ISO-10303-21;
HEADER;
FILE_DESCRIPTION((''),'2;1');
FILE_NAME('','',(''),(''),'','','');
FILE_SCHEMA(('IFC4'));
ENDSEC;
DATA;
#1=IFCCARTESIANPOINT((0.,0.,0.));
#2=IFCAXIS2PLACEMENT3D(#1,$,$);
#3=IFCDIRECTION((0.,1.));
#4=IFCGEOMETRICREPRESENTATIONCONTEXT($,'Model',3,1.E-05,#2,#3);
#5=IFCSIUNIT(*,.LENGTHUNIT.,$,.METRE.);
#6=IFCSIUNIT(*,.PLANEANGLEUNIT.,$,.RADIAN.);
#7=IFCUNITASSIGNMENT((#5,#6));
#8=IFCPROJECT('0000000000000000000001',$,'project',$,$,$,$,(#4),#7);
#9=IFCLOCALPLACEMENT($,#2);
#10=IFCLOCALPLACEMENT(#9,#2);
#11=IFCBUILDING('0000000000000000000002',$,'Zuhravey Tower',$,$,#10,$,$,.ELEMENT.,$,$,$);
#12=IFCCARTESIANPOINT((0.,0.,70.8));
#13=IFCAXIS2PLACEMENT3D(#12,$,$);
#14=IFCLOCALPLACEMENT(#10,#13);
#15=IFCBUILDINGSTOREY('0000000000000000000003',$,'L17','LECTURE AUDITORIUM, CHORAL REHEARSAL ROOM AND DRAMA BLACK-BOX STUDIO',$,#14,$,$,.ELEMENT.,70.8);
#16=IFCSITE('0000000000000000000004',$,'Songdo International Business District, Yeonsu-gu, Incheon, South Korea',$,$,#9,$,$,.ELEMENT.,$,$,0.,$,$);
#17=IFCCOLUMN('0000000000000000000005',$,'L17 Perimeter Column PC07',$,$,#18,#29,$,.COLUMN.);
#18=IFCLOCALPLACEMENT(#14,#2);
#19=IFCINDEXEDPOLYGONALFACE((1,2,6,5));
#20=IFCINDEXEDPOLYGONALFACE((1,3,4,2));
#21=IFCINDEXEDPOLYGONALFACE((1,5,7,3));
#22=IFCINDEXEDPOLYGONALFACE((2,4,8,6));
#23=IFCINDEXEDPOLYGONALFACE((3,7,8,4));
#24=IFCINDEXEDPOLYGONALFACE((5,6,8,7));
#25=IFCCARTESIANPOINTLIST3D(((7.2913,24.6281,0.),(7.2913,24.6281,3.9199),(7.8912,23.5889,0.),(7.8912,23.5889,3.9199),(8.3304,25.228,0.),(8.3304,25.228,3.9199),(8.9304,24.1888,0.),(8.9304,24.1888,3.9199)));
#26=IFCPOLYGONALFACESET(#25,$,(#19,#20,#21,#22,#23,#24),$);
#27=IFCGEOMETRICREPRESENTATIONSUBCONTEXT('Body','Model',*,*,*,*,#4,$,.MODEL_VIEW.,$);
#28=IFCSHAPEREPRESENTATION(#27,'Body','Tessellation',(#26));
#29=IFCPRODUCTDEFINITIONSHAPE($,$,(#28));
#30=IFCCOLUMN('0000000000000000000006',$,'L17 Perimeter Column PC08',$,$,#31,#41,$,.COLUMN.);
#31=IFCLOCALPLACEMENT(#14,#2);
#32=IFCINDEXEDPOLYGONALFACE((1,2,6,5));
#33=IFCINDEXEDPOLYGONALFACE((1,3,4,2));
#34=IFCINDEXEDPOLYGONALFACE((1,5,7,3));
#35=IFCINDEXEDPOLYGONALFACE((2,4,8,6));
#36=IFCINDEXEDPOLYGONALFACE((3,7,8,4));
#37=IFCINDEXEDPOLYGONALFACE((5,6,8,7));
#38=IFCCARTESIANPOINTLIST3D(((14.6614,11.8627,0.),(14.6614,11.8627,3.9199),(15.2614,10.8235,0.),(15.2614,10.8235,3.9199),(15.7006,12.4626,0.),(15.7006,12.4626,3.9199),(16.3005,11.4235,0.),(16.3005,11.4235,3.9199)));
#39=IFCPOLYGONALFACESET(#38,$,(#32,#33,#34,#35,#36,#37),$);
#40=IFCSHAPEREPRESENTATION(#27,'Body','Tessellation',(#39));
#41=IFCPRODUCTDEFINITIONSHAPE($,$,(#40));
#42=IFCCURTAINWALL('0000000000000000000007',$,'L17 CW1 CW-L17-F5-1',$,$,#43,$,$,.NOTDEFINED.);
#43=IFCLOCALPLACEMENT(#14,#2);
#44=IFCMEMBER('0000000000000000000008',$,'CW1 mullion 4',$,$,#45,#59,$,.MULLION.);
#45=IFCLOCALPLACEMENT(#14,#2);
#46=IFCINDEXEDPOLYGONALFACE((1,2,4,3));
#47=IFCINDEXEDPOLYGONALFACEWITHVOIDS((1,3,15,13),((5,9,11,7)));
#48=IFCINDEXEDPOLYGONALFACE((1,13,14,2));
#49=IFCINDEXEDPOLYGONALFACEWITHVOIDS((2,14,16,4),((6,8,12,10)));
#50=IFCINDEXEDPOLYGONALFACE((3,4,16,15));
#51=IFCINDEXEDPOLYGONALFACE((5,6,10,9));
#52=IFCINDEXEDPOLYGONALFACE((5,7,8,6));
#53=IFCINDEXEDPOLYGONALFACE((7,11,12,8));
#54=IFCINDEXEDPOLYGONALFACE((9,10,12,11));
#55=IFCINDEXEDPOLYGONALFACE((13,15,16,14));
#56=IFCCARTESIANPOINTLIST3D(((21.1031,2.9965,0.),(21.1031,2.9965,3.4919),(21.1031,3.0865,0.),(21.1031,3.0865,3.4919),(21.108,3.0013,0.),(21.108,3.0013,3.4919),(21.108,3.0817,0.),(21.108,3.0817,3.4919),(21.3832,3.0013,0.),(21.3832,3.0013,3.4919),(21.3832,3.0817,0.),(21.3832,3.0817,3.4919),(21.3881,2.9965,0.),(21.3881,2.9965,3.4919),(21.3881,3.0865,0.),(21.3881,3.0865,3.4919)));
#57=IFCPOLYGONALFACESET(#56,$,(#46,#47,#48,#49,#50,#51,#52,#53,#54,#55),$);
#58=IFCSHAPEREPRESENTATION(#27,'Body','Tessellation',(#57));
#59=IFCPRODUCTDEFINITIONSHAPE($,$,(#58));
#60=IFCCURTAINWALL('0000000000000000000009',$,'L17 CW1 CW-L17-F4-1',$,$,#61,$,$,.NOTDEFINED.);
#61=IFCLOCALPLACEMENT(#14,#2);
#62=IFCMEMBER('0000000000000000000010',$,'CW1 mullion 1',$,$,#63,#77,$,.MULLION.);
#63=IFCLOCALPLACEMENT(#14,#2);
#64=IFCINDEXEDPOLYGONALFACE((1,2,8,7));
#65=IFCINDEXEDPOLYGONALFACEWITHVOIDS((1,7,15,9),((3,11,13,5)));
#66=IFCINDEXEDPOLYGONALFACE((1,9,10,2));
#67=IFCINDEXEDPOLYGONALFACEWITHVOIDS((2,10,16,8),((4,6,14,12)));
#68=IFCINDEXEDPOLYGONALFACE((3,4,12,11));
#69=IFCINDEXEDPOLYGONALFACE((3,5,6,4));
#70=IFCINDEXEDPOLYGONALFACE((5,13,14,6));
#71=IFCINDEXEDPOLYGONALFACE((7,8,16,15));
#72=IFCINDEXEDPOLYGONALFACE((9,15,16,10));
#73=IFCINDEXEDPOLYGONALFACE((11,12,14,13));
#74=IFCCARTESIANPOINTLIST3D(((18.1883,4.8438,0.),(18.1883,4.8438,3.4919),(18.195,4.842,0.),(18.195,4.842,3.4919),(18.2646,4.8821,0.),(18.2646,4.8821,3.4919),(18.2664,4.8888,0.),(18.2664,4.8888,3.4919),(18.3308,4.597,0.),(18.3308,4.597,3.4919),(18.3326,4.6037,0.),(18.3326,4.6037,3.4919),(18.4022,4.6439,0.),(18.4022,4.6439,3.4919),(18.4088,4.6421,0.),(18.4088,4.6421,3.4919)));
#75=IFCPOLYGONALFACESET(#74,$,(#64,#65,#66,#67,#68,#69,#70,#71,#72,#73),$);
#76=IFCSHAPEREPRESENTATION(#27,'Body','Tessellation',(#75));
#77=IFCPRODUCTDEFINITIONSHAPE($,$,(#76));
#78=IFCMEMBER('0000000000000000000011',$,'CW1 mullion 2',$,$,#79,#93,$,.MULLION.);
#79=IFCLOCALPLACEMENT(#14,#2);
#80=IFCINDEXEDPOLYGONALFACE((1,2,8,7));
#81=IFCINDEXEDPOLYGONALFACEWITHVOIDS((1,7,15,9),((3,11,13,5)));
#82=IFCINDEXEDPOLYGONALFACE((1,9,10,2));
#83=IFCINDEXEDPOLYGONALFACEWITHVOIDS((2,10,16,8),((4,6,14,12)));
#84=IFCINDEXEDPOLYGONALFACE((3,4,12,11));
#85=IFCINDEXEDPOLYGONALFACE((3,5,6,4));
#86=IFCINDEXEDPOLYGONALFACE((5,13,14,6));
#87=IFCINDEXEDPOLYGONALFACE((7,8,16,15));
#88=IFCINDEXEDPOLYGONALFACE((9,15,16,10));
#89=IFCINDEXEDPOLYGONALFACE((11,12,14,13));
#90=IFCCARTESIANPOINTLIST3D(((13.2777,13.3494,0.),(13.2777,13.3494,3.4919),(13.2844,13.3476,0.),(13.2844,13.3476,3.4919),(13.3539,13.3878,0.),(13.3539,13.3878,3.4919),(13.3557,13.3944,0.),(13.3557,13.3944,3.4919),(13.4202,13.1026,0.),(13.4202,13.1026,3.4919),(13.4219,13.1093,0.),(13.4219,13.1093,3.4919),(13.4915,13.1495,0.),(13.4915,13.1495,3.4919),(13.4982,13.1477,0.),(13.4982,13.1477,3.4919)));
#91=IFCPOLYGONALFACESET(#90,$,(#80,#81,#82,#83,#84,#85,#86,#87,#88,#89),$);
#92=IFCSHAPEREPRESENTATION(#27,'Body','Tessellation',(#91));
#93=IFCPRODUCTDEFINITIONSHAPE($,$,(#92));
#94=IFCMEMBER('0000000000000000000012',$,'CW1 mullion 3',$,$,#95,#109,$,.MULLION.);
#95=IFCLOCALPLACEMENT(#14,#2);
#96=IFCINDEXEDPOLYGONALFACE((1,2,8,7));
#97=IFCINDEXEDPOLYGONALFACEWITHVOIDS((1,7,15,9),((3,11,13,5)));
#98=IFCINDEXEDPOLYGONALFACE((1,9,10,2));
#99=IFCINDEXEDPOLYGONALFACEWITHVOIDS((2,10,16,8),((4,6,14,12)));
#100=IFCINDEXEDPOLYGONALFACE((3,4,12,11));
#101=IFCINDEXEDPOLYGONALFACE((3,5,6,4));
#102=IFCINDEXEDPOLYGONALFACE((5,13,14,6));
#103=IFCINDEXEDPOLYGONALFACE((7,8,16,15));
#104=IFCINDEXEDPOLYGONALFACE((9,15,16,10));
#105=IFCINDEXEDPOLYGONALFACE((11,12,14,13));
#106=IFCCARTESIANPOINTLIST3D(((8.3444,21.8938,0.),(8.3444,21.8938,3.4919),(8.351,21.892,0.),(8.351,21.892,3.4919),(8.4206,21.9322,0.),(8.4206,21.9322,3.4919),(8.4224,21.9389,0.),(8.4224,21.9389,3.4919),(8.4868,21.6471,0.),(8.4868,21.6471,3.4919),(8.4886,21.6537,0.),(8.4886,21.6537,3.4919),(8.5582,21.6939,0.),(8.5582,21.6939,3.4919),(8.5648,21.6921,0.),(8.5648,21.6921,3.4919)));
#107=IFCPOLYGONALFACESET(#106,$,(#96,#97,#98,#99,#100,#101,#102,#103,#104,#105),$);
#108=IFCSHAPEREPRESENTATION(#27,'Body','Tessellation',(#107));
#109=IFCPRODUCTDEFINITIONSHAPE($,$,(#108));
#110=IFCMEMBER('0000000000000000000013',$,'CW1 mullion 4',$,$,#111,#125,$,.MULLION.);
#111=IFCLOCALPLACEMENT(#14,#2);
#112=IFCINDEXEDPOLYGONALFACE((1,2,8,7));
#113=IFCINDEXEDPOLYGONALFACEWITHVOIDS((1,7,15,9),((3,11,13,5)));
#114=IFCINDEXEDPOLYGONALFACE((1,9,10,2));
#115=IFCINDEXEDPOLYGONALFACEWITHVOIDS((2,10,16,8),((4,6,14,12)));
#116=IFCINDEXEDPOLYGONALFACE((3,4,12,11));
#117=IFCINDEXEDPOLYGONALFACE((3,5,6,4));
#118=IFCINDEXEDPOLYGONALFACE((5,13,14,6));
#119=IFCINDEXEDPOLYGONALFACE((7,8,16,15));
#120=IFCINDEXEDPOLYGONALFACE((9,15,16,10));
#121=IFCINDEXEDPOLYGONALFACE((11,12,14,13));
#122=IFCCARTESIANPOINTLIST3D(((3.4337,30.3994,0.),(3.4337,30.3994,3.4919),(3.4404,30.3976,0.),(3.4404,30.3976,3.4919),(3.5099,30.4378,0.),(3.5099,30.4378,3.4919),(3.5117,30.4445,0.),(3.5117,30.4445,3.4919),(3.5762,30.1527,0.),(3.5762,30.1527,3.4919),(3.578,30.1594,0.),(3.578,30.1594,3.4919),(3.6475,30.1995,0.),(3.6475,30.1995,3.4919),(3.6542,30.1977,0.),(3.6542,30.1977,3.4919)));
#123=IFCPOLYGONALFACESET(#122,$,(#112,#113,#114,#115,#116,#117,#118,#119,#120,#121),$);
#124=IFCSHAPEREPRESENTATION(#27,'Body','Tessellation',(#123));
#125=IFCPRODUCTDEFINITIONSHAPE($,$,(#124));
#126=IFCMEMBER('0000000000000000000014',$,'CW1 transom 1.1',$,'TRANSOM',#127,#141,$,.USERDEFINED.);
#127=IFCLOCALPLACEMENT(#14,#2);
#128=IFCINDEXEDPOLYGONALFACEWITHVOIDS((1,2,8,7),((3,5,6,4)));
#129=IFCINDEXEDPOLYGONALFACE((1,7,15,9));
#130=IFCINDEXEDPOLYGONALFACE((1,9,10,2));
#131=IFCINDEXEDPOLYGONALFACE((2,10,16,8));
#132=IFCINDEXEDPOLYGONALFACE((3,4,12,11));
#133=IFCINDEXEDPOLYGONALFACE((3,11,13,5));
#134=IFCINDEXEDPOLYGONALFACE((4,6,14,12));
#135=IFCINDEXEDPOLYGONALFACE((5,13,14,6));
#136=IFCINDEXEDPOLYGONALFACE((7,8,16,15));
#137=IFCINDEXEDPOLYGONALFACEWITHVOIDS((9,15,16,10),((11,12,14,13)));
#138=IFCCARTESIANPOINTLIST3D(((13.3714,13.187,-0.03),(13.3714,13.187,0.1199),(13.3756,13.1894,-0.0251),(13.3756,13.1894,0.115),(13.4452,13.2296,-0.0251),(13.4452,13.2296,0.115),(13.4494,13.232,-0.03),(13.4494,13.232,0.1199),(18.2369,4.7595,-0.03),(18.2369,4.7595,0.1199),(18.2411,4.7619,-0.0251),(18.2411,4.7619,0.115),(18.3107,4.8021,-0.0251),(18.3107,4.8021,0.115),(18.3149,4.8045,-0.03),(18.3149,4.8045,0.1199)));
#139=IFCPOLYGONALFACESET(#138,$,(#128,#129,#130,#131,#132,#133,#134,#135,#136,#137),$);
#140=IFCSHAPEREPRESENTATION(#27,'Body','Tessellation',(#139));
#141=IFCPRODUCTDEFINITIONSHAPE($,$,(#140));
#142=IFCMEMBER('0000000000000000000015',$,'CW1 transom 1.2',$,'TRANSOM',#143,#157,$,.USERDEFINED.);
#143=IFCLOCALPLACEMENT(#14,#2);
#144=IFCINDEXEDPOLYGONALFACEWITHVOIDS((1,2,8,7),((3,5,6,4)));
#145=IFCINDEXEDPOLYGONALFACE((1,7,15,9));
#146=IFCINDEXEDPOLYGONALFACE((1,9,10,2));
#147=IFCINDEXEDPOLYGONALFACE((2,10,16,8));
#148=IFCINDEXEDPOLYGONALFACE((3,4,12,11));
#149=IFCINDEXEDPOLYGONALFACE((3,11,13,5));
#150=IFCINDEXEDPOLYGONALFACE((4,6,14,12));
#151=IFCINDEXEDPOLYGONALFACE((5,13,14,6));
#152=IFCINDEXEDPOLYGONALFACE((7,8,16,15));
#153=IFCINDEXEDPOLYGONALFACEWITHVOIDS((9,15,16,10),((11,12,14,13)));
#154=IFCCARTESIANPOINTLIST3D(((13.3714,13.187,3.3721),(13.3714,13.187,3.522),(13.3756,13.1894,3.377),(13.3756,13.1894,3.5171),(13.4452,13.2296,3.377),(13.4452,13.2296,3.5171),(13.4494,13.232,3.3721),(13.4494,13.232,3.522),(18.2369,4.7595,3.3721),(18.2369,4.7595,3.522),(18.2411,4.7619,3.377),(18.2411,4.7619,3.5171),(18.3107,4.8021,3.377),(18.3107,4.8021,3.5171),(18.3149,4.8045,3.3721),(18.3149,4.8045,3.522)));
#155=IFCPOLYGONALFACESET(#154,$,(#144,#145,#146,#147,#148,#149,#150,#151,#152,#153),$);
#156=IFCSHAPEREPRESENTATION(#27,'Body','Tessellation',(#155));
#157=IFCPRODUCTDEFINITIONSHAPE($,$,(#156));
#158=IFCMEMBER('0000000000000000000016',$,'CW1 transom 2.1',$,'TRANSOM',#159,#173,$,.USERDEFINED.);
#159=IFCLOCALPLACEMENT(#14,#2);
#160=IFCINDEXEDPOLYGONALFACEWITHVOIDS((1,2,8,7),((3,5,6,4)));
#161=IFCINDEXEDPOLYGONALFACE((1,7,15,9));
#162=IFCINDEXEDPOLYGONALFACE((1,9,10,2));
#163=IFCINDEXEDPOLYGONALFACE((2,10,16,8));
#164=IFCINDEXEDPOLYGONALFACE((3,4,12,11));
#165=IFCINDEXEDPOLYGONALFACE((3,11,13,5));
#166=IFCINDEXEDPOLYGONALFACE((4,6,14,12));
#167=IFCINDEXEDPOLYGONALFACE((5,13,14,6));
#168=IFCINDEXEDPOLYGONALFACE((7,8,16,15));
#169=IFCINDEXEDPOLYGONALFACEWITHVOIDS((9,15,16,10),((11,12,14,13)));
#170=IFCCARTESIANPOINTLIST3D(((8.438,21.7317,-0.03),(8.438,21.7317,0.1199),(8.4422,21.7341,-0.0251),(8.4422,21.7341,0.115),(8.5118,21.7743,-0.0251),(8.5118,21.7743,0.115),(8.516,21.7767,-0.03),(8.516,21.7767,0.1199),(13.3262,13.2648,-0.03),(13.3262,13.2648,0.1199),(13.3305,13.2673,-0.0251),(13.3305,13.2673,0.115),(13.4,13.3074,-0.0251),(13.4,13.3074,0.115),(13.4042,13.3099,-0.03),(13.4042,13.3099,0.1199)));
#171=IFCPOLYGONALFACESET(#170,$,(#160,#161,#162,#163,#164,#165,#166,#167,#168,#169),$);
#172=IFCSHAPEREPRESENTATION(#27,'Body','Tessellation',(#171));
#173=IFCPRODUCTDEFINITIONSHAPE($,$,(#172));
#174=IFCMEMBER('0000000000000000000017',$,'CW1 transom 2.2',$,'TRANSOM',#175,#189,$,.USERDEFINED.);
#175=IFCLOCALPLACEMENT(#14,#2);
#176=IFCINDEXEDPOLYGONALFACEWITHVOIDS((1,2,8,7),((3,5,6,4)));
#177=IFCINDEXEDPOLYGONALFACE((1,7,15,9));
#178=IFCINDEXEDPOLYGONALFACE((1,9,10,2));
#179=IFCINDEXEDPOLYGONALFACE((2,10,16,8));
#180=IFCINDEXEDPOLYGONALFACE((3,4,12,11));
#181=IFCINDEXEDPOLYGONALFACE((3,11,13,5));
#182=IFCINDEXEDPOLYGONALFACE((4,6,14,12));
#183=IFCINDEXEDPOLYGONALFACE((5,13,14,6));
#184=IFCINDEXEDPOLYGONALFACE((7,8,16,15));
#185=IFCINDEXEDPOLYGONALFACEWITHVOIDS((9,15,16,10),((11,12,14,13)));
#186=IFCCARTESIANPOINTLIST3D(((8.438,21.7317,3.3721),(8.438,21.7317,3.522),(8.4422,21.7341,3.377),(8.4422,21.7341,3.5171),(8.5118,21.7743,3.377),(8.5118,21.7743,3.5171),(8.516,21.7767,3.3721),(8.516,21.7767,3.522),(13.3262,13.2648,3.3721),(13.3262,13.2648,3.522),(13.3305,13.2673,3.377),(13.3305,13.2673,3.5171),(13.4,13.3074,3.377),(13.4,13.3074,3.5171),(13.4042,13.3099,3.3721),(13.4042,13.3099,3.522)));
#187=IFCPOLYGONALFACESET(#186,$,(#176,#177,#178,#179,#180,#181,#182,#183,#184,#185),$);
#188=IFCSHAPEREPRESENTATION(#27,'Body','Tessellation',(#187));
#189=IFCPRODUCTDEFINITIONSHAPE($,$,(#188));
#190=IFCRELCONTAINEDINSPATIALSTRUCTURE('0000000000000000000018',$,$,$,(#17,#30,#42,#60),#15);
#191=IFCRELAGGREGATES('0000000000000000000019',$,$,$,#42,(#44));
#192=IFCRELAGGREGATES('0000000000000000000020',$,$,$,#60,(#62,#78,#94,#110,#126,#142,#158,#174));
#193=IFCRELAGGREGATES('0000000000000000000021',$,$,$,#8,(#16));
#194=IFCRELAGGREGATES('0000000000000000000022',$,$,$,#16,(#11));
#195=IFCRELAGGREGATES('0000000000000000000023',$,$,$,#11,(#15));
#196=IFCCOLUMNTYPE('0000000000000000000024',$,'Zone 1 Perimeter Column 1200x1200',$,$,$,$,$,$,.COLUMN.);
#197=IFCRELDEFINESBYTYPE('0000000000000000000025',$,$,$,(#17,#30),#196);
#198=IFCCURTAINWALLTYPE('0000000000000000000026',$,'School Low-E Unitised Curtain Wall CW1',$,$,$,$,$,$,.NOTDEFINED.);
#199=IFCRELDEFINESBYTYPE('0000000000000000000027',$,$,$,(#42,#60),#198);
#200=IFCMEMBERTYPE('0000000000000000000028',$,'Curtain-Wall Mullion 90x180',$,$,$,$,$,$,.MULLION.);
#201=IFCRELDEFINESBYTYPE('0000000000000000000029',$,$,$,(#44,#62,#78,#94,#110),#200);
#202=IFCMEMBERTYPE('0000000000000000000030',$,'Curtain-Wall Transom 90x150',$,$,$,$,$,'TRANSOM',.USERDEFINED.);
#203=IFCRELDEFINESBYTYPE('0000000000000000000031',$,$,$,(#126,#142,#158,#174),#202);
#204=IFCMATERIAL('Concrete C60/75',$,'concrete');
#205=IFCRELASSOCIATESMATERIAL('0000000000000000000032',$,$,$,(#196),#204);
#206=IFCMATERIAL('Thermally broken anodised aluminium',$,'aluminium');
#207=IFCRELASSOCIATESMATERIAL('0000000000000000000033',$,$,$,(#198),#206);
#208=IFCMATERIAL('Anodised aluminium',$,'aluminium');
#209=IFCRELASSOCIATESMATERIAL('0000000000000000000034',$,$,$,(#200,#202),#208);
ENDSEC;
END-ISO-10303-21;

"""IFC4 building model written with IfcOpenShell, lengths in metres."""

from ifc_helpers import new_model, si_unit, direction, frame, origin, origin_2d, place, context, subcontext, project, spatial, rectangle, hollow_rectangle, extrude, material, material_profile, profile_set, type_object, element, aggregate, save


model = new_model("IFC4")

# Units and contexts
model_context = context("Model", 3, precision=1e-05, world=origin(), true_north=direction((0.0, 1.0)))
body_context = subcontext(model_context, "Body", "Model", "MODEL_VIEW")
ifc_project = project(units=[si_unit("LENGTHUNIT", "METRE"), si_unit("PLANEANGLEUNIT", "RADIAN")], contexts=[model_context])

# Site, building, storey
site_placement = place(None, origin())
site = spatial("IfcSite", under=ifc_project, at=site_placement, Name="Songdo International Business District, Yeonsu-gu, Incheon, South Korea", CompositionType="ELEMENT", RefElevation=0.0)
building_placement = place(site_placement, origin())
building = spatial("IfcBuilding", under=site, at=building_placement, Name="Zuhravey Tower", CompositionType="ELEMENT")
storey_placement = place(building_placement, frame((0.0, 0.0, 70.8)))
storey = spatial("IfcBuildingStorey", under=building, at=storey_placement, Name="L17", Description="LECTURE AUDITORIUM, CHORAL REHEARSAL ROOM AND DRAMA BLACK-BOX STUDIO", CompositionType="ELEMENT", Elevation=70.8)

# Columns
ifc_material_1 = material(Name="Concrete C60/75", Category="concrete")
ifc_material_profile_1 = material_profile(ifc_material_1, rectangle(XDim=1.2, YDim=1.2, at=origin_2d()), Name="RC-1200x1200")
ifc_profile_set_1 = profile_set([ifc_material_profile_1], Name="Concrete C60/75")
column_type = type_object("IfcColumnType", Name="Zone 1 Perimeter Column 1200x1200", PredefinedType="COLUMN", material=ifc_profile_set_1)
for number, where, z_axis, x_axis, name in (
    (1, (8.1108, 24.4084, 0.0), (0.0, 0.0, 1.0), (0.5, -0.866025, 0.0), "L17 Perimeter Column PC07"),
    (2, (15.481, 11.6431, 0.0), (0.0, 0.0, 1.0), (0.5, -0.866025, 0.0), "L17 Perimeter Column PC08"),
):
    element("IfcColumn", number, at=place(storey_placement, frame(where, z_axis=z_axis, x_axis=x_axis)), inside=storey, type_object=column_type, Name=name, PredefinedType="COLUMN", context=body_context, shape_type="SweptSolid", body=[
        extrude(rectangle(XDim=1.2, YDim=1.2, at=origin_2d()), origin(), (0.0, 0.0, 1.0), 3.9199),
    ])

# Curtain wall, member
ifc_material_2 = material(Name="Thermally broken anodised aluminium", Category="aluminium")
curtain_wall_type = type_object("IfcCurtainWallType", Name="School Low-E Unitised Curtain Wall CW1", PredefinedType="NOTDEFINED", material=ifc_material_2)
curtain_wall_1_placement = place(storey_placement, origin())
curtain_wall_1 = element("IfcCurtainWall", 3, at=curtain_wall_1_placement, inside=storey, type_object=curtain_wall_type, Name="L17 CW1 CW-L17-F5-1", PredefinedType="NOTDEFINED")
ifc_material_3 = material(Name="Anodised aluminium", Category="aluminium")
ifc_material_profile_2 = material_profile(ifc_material_3, hollow_rectangle(XDim=0.0901, YDim=0.2849, WallThickness=0.0049, at=origin_2d()), Name="ALU-RHS-90x285x5")
ifc_profile_set_2 = profile_set([ifc_material_profile_2], Name="Anodised aluminium")
member_type_1 = type_object("IfcMemberType", Name="Curtain-Wall Mullion 90x180", PredefinedType="MULLION", material=ifc_profile_set_2)
member_1_placement = place(storey_placement, frame((21.2456, 3.0415, 0.0), z_axis=(0.0, 0.0, 1.0), x_axis=(0.0, -1.0, 0.0)))
member_1 = element("IfcMember", 4, at=member_1_placement, type_object=member_type_1, Name="CW1 mullion 4", PredefinedType="MULLION", context=body_context, shape_type="SweptSolid", body=[
    extrude(hollow_rectangle(XDim=0.0901, YDim=0.2849, WallThickness=0.0049, at=origin_2d()), origin(), (0.0, 0.0, 1.0), 3.4919),
])
aggregate(curtain_wall_1, [member_1])

# Curtain wall, members
curtain_wall_2_placement = place(storey_placement, origin())
curtain_wall_2 = element("IfcCurtainWall", 5, at=curtain_wall_2_placement, inside=storey, type_object=curtain_wall_type, Name="L17 CW1 CW-L17-F4-1", PredefinedType="NOTDEFINED")
member_2_placement = place(storey_placement, frame((18.2986, 4.7429, 0.0), z_axis=(0.0, 0.0, 1.0), x_axis=(-0.866026, -0.5, 0.0)))
member_2 = element("IfcMember", 6, at=member_2_placement, type_object=member_type_1, Name="CW1 mullion 1", PredefinedType="MULLION", context=body_context, shape_type="SweptSolid", body=[
    extrude(hollow_rectangle(XDim=0.0901, YDim=0.2849, WallThickness=0.0049, at=origin_2d()), origin(), (0.0, 0.0, 1.0), 3.4919),
])
member_3_placement = place(storey_placement, frame((13.3879, 13.2485, 0.0), z_axis=(0.0, 0.0, 1.0), x_axis=(-0.866026, -0.5, 0.0)))
member_3 = element("IfcMember", 7, at=member_3_placement, type_object=member_type_1, Name="CW1 mullion 2", PredefinedType="MULLION", context=body_context, shape_type="SweptSolid", body=[
    extrude(hollow_rectangle(XDim=0.0901, YDim=0.2849, WallThickness=0.0049, at=origin_2d()), origin(), (0.0, 0.0, 1.0), 3.4919),
])
member_4_placement = place(storey_placement, frame((8.4546, 21.793, 0.0), z_axis=(0.0, 0.0, 1.0), x_axis=(-0.866026, -0.5, 0.0)))
member_4 = element("IfcMember", 8, at=member_4_placement, type_object=member_type_1, Name="CW1 mullion 3", PredefinedType="MULLION", context=body_context, shape_type="SweptSolid", body=[
    extrude(hollow_rectangle(XDim=0.0901, YDim=0.2849, WallThickness=0.0049, at=origin_2d()), origin(), (0.0, 0.0, 1.0), 3.4919),
])
member_5_placement = place(storey_placement, frame((3.5439, 30.2986, 0.0), z_axis=(0.0, 0.0, 1.0), x_axis=(-0.866026, -0.5, 0.0)))
member_5 = element("IfcMember", 9, at=member_5_placement, type_object=member_type_1, Name="CW1 mullion 4", PredefinedType="MULLION", context=body_context, shape_type="SweptSolid", body=[
    extrude(hollow_rectangle(XDim=0.0901, YDim=0.2849, WallThickness=0.0049, at=origin_2d()), origin(), (0.0, 0.0, 1.0), 3.4919),
])
ifc_material_profile_3 = material_profile(ifc_material_3, hollow_rectangle(XDim=0.0901, YDim=0.1499, WallThickness=0.0049, at=origin_2d()), Name="ALU-RHS-90x150x5")
ifc_profile_set_3 = profile_set([ifc_material_profile_3], Name="Anodised aluminium")
member_type_2 = type_object("IfcMemberType", Name="Curtain-Wall Transom 90x150", ElementType="TRANSOM", PredefinedType="USERDEFINED", material=ifc_profile_set_3)
member_6_placement = place(storey_placement, frame((18.2759, 4.782, 0.0449), z_axis=(-0.49999, 0.866031, 0.0), x_axis=(-0.866031, -0.49999, 0.0)))
member_6 = element("IfcMember", 10, at=member_6_placement, type_object=member_type_2, Name="CW1 transom 1.1", ObjectType="TRANSOM", PredefinedType="USERDEFINED", context=body_context, shape_type="SweptSolid", body=[
    extrude(hollow_rectangle(XDim=0.0901, YDim=0.1499, WallThickness=0.0049, at=origin_2d()), origin(), (0.0, 0.0, 1.0), 9.7312),
])
member_7_placement = place(storey_placement, frame((18.2759, 4.782, 3.447), z_axis=(-0.49999, 0.866031, 0.0), x_axis=(-0.866031, -0.49999, 0.0)))
member_7 = element("IfcMember", 11, at=member_7_placement, type_object=member_type_2, Name="CW1 transom 1.2", ObjectType="TRANSOM", PredefinedType="USERDEFINED", context=body_context, shape_type="SweptSolid", body=[
    extrude(hollow_rectangle(XDim=0.0901, YDim=0.1499, WallThickness=0.0049, at=origin_2d()), origin(), (0.0, 0.0, 1.0), 9.7312),
])
member_8_placement = place(storey_placement, frame((13.3652, 13.2874, 0.0449), z_axis=(-0.49999, 0.866031, 0.0), x_axis=(-0.866031, -0.49999, 0.0)))
member_8 = element("IfcMember", 12, at=member_8_placement, type_object=member_type_2, Name="CW1 transom 2.1", ObjectType="TRANSOM", PredefinedType="USERDEFINED", context=body_context, shape_type="SweptSolid", body=[
    extrude(hollow_rectangle(XDim=0.0901, YDim=0.1499, WallThickness=0.0049, at=origin_2d()), origin(), (0.0, 0.0, 1.0), 9.7766),
])
member_9_placement = place(storey_placement, frame((13.3652, 13.2874, 3.447), z_axis=(-0.49999, 0.866031, 0.0), x_axis=(-0.866031, -0.49999, 0.0)))
member_9 = element("IfcMember", 13, at=member_9_placement, type_object=member_type_2, Name="CW1 transom 2.2", ObjectType="TRANSOM", PredefinedType="USERDEFINED", context=body_context, shape_type="SweptSolid", body=[
    extrude(hollow_rectangle(XDim=0.0901, YDim=0.1499, WallThickness=0.0049, at=origin_2d()), origin(), (0.0, 0.0, 1.0), 9.7766),
])

aggregate(curtain_wall_2, [member_2, member_3, member_4, member_5, member_6, member_7, member_8, member_9])

save(model, "model.ifc")
